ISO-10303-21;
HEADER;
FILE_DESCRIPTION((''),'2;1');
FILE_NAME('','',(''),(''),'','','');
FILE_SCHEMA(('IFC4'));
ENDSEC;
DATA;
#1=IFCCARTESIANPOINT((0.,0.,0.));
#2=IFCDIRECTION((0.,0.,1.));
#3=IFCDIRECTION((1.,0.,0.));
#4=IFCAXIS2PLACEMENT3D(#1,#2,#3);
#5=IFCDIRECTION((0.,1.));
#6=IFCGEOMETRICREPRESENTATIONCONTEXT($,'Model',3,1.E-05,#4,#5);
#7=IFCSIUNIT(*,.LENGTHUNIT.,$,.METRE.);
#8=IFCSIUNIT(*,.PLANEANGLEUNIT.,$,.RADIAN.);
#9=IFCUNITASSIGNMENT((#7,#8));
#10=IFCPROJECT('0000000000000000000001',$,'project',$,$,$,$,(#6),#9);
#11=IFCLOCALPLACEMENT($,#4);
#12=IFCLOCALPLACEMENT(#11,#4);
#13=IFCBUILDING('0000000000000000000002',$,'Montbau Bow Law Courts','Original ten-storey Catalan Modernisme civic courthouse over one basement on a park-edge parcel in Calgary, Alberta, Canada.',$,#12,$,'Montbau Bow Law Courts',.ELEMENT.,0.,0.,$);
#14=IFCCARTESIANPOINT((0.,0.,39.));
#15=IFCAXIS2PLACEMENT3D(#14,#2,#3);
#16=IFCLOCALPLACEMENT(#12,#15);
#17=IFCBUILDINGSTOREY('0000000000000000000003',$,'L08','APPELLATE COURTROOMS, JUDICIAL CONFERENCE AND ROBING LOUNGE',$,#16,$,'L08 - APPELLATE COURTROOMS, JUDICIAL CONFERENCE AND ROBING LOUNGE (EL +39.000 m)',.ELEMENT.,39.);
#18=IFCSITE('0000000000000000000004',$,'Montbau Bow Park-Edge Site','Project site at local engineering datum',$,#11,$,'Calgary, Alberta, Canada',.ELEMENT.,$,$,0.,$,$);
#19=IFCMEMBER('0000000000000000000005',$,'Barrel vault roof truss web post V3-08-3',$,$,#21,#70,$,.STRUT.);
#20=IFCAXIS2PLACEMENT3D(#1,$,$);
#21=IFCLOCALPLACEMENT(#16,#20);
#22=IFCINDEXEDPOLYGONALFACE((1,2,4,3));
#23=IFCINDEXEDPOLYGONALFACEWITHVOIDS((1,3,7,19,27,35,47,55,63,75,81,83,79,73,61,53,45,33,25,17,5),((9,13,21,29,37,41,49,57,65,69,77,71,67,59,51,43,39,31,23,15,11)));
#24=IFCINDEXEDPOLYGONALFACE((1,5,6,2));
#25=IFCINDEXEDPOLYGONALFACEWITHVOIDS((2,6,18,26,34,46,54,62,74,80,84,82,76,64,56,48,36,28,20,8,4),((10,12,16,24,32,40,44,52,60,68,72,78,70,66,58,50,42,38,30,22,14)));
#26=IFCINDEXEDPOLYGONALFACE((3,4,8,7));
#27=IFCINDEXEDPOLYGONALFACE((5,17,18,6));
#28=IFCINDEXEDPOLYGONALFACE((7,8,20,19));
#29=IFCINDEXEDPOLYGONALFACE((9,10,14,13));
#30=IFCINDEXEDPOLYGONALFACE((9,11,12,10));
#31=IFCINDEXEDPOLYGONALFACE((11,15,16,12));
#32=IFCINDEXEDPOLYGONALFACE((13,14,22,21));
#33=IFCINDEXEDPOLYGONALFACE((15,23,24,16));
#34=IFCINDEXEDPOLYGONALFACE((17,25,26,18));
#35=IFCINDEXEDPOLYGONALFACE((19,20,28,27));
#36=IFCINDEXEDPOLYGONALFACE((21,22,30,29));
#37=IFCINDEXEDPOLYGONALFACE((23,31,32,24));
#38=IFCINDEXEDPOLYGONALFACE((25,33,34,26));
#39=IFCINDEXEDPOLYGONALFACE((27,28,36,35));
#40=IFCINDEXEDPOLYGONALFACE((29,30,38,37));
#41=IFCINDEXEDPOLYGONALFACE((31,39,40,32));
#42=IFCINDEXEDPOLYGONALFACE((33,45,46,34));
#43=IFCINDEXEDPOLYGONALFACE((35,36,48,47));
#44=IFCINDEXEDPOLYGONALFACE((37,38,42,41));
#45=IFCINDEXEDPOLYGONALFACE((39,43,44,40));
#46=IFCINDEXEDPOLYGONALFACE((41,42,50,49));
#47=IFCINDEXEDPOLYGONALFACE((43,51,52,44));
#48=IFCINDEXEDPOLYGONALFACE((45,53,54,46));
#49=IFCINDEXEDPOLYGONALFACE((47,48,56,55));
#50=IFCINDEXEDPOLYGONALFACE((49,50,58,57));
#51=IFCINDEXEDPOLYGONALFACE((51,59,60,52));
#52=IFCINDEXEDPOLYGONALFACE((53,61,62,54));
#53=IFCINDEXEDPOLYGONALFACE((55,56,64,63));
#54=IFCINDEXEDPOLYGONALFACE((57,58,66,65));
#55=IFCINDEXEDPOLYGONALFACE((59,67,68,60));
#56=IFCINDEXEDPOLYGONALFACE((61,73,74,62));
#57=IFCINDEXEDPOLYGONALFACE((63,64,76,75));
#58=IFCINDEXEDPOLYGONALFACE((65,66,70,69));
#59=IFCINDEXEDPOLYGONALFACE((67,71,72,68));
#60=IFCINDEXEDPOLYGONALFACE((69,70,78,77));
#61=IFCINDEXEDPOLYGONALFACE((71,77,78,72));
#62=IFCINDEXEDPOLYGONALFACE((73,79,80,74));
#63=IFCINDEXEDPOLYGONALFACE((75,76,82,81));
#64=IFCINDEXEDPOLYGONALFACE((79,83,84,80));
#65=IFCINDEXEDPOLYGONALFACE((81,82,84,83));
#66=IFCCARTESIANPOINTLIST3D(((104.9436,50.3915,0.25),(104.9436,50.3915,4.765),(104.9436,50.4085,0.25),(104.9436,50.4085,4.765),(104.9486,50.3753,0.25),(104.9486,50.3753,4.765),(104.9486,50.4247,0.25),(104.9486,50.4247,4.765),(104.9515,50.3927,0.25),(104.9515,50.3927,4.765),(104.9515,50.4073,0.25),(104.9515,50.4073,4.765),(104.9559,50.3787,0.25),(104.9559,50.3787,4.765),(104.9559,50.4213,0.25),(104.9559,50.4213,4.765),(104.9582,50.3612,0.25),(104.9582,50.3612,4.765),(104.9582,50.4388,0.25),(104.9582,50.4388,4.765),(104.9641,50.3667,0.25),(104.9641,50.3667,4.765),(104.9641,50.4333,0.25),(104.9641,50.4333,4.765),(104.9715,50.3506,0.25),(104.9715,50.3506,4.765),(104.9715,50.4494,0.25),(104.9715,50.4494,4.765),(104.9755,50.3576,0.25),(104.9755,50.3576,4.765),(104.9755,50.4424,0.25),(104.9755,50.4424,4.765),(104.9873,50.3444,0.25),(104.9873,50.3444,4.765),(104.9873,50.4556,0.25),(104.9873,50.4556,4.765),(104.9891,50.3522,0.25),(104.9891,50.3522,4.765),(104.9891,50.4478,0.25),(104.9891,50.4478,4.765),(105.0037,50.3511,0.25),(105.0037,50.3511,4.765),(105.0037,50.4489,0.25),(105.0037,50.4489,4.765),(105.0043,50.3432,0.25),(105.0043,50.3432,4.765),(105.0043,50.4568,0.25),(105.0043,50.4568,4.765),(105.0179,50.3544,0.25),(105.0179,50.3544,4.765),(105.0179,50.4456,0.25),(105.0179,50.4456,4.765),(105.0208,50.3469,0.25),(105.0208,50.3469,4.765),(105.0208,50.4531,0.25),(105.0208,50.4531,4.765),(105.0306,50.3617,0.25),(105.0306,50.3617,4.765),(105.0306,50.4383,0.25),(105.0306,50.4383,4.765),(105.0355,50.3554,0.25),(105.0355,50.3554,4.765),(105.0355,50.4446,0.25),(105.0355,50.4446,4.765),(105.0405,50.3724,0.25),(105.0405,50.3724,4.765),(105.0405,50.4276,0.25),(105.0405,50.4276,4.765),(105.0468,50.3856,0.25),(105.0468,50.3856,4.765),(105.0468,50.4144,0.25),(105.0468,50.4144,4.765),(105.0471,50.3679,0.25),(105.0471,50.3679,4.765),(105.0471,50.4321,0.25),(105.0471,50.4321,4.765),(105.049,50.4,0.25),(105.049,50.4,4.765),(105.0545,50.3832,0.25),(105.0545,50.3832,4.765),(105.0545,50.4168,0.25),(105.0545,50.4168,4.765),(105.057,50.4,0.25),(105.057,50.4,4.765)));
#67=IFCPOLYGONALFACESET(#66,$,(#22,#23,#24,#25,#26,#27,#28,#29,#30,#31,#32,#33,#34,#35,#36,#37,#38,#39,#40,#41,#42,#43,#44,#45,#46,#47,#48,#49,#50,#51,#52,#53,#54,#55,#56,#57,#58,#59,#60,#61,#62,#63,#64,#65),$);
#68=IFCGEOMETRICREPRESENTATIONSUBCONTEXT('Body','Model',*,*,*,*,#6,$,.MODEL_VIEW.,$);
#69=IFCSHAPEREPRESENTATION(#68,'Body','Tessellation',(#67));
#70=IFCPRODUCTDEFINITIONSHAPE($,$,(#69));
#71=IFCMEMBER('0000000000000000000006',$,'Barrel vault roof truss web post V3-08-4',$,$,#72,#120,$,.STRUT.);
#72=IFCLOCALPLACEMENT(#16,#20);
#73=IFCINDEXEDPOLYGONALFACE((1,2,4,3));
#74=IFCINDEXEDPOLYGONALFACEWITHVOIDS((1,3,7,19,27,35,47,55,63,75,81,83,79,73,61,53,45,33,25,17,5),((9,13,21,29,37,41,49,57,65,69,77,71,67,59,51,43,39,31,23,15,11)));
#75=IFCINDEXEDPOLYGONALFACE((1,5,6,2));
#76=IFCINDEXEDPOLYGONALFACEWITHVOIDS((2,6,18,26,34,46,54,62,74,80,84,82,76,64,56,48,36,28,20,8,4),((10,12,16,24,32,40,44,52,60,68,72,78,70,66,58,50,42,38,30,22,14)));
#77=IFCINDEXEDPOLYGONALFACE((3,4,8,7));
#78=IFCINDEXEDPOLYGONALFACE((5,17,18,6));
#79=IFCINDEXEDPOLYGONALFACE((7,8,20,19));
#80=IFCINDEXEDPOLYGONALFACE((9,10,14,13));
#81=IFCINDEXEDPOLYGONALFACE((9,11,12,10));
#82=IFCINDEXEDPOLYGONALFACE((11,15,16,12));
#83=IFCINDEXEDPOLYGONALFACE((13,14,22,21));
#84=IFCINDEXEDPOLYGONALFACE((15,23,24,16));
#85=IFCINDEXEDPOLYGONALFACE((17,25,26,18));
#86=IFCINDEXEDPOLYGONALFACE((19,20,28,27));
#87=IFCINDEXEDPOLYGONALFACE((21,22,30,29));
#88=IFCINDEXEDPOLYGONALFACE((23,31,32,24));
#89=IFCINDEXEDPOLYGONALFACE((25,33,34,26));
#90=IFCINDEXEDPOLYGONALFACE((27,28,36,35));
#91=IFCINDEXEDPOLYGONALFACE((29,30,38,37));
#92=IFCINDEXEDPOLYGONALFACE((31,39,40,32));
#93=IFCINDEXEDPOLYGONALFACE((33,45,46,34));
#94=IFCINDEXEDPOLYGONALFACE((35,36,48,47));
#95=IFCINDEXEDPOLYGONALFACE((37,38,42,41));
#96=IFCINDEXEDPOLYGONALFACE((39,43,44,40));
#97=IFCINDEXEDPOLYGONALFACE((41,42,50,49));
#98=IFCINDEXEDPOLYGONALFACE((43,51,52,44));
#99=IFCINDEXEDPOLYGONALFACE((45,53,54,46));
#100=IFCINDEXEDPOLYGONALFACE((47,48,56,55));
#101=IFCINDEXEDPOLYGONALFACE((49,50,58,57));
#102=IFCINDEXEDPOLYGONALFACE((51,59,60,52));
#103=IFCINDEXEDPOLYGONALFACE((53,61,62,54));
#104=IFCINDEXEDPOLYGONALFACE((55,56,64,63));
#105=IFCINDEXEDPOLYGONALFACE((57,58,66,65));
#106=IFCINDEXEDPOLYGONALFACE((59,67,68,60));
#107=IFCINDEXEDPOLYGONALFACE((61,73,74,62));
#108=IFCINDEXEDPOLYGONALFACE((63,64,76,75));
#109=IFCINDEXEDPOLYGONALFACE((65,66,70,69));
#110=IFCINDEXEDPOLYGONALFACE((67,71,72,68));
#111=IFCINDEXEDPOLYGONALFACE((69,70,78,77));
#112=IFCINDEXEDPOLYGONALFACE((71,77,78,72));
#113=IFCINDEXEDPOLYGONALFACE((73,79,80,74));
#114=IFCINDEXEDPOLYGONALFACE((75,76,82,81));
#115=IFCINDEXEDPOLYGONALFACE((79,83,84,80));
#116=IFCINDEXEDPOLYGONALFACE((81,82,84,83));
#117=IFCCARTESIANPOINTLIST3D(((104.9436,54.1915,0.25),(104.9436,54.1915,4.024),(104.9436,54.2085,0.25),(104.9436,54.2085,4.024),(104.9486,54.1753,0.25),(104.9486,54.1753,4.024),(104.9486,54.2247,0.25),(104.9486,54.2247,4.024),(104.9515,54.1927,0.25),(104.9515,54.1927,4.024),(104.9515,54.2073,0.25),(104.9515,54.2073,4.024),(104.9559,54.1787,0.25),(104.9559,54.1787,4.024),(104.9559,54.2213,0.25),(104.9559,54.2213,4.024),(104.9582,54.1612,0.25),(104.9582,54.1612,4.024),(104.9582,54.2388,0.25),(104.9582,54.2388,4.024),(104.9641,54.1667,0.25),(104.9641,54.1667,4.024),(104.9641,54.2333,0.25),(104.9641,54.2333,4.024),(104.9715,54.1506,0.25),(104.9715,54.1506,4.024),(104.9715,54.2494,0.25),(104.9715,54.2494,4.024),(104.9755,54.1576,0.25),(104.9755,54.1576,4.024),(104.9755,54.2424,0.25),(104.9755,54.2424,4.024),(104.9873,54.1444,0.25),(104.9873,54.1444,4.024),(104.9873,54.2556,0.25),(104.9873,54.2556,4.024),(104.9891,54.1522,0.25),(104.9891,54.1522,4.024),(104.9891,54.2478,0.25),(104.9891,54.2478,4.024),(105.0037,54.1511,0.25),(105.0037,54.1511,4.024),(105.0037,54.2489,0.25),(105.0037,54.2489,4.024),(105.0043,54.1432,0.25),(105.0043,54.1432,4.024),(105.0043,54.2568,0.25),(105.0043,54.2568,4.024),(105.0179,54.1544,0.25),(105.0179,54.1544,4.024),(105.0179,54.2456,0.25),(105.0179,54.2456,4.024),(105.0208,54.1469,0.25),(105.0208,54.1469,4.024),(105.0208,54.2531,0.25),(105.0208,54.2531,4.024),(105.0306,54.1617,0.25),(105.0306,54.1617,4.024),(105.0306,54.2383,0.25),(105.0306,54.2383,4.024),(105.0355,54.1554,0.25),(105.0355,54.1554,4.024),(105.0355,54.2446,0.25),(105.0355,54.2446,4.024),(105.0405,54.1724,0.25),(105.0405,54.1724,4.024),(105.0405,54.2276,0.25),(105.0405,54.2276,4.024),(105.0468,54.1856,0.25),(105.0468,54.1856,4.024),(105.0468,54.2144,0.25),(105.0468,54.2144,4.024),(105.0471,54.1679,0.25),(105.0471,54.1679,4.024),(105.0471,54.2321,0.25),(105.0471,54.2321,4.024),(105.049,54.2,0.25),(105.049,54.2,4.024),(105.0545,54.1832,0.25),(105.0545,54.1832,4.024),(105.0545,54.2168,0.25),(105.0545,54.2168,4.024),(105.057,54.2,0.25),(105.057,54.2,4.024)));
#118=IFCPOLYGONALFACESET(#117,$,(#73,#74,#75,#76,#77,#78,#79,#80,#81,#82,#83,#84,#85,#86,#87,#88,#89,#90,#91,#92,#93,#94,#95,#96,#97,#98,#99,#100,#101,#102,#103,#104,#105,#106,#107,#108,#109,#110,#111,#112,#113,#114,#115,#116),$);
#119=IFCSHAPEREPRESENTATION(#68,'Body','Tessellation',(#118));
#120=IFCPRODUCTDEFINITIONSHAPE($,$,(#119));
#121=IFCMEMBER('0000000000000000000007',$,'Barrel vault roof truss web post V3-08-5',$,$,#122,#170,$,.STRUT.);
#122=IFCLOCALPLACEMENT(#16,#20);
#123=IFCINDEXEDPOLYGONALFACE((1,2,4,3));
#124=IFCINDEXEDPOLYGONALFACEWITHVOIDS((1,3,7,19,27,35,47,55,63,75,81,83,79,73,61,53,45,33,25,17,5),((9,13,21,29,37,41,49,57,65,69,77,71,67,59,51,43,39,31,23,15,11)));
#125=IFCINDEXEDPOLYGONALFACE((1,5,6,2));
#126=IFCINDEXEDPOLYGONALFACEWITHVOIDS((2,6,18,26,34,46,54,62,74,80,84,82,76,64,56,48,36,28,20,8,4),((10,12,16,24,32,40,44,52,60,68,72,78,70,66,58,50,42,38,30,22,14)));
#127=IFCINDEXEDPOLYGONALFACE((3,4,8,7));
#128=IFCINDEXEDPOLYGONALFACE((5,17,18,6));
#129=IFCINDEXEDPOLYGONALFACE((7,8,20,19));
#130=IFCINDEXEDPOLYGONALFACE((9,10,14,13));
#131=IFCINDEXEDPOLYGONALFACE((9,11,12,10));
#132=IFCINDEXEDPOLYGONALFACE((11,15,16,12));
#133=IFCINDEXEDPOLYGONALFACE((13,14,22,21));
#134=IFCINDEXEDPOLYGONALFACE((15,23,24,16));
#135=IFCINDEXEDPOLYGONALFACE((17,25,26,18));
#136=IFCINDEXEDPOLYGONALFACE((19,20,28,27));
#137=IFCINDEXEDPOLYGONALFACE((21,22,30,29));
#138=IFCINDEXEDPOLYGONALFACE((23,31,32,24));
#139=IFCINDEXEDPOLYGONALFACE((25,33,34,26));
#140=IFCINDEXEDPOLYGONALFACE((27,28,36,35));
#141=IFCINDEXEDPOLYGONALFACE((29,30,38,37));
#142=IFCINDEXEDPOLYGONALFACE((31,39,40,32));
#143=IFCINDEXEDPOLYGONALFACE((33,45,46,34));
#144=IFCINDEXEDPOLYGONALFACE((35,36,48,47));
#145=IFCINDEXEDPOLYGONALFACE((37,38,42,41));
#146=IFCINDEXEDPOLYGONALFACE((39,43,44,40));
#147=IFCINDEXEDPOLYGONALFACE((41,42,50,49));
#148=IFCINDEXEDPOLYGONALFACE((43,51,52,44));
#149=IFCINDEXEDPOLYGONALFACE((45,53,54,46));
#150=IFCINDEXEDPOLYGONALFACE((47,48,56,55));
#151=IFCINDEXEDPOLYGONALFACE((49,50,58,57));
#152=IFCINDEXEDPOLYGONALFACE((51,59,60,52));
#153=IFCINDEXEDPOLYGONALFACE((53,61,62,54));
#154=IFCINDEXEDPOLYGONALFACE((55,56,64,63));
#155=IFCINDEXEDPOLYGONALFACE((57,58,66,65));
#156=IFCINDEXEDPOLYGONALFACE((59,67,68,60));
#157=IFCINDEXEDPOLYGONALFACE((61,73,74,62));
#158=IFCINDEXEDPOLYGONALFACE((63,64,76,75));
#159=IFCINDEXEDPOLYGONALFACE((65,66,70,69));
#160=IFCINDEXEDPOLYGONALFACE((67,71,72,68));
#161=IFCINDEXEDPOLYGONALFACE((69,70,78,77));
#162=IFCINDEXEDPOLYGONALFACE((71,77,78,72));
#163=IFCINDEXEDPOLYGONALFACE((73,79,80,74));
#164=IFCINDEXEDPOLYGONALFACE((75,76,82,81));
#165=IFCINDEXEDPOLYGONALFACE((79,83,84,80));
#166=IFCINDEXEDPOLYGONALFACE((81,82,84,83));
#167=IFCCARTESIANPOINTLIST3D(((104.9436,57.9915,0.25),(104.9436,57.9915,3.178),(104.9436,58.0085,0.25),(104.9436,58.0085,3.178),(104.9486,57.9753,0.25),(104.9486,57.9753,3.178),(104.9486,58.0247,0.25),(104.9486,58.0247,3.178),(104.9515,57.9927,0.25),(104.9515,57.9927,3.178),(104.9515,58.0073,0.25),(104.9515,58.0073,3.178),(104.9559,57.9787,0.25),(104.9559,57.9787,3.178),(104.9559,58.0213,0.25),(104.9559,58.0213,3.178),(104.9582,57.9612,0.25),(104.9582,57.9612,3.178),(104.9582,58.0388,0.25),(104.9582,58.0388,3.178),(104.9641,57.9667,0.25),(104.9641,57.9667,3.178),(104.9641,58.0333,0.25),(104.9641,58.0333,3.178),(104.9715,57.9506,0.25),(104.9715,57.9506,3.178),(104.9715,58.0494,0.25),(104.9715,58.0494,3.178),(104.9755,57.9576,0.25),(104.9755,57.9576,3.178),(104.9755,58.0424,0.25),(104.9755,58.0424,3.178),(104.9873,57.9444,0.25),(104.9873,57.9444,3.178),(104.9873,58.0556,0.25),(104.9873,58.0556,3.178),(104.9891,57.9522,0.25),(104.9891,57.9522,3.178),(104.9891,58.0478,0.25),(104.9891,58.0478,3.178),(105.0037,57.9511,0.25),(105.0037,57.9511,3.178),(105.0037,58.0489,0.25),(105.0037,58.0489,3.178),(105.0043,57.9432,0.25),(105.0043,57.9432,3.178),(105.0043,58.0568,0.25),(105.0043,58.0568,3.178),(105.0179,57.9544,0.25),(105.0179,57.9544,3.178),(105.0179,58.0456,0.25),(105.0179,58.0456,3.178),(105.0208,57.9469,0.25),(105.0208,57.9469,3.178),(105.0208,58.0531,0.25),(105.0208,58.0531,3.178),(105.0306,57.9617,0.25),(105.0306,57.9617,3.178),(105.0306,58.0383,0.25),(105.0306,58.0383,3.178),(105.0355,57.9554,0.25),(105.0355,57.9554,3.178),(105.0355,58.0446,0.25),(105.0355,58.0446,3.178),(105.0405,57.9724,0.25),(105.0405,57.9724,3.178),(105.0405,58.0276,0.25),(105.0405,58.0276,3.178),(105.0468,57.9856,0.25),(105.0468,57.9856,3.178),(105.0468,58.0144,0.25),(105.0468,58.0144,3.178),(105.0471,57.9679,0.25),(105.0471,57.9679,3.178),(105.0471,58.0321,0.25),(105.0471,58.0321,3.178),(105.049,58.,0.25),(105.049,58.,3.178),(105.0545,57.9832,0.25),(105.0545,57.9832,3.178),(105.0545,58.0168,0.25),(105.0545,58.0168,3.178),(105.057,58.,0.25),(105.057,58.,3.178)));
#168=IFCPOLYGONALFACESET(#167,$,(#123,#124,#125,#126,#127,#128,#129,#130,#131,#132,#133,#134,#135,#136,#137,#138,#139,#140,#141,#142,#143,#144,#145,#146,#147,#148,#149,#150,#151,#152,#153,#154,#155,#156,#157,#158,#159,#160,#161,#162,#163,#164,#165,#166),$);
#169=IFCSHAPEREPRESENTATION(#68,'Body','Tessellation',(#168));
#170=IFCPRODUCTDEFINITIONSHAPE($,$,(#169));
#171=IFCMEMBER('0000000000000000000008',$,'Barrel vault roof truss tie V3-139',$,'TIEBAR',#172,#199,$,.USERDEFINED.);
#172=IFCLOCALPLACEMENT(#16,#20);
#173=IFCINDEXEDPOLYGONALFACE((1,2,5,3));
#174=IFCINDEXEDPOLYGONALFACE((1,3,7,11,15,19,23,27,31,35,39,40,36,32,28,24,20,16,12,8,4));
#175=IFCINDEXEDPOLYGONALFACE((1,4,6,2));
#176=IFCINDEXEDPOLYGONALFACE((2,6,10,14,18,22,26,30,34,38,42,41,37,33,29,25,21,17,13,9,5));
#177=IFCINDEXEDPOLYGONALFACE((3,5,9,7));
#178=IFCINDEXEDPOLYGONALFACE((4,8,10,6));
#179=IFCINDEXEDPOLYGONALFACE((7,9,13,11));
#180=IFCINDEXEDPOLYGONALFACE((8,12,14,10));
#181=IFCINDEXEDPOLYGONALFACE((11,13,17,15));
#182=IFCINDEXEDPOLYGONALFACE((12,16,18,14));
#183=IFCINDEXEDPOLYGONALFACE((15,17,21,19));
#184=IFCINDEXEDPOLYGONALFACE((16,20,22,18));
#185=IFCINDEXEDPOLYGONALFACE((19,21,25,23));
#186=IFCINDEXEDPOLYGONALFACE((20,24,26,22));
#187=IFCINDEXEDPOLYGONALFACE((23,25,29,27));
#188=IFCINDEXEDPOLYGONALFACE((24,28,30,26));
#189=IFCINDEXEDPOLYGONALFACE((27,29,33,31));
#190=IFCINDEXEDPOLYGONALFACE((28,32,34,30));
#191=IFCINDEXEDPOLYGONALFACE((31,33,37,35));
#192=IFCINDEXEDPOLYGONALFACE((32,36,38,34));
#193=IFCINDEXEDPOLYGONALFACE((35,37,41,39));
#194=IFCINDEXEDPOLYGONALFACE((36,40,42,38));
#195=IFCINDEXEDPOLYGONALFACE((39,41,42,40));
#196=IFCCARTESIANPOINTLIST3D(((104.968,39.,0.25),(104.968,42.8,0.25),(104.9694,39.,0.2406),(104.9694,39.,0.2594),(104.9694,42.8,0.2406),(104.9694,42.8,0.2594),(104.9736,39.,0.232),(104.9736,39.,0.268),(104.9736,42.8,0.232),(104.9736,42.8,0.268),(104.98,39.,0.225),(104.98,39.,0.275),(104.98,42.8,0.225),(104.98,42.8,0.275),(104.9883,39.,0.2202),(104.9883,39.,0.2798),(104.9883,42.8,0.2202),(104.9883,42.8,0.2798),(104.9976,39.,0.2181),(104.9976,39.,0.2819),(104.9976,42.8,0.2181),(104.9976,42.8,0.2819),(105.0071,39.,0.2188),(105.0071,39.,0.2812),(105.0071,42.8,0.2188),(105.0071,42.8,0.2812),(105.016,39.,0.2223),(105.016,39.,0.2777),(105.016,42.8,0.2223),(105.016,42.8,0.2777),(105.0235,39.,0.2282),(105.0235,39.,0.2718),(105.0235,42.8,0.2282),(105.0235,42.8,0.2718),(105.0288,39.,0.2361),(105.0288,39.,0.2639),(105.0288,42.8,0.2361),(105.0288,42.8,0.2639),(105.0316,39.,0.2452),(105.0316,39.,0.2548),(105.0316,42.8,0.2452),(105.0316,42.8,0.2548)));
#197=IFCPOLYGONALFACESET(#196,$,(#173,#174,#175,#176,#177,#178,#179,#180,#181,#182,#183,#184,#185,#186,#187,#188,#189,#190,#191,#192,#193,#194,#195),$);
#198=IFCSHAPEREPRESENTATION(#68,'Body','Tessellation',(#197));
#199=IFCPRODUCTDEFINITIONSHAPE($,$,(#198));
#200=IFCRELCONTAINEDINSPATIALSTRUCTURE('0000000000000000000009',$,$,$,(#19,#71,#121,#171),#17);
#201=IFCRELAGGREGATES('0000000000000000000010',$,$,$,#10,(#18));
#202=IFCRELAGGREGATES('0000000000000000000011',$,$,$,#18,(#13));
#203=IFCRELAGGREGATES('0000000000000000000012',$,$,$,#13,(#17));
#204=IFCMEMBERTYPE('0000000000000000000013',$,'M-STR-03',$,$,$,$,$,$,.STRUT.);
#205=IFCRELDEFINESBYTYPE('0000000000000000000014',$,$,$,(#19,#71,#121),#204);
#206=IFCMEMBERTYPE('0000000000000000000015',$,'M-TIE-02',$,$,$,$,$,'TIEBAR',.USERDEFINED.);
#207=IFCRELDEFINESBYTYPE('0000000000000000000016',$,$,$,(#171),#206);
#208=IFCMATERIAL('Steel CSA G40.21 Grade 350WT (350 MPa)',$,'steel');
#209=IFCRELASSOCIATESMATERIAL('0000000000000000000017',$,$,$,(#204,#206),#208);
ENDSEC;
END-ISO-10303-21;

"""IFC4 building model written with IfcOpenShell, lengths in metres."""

from ifc_helpers import new_model, si_unit, direction, frame, origin_with_axes, origin_2d_with_axis, place, context, subcontext, project, spatial, circle, hollow_circle, extrude, material, material_profile, profile_set, type_object, element, save


model = new_model("IFC4")

# Units and contexts
model_context = context("Model", 3, precision=1e-05, world=origin_with_axes(), true_north=direction((0.0, 1.0)))
body_context = subcontext(model_context, "Body", "Model", "MODEL_VIEW")
ifc_project = project(units=[si_unit("LENGTHUNIT", "METRE"), si_unit("PLANEANGLEUNIT", "RADIAN")], contexts=[model_context])

# Site, building, storey
site_placement = place(None, origin_with_axes())
site = spatial("IfcSite", under=ifc_project, at=site_placement, Name="Montbau Bow Park-Edge Site", Description="Project site at local engineering datum", LongName="Calgary, Alberta, Canada", CompositionType="ELEMENT", RefElevation=0.0)
building_placement = place(site_placement, origin_with_axes())
building = spatial("IfcBuilding", under=site, at=building_placement, Name="Montbau Bow Law Courts", Description="Original ten-storey Catalan Modernisme civic courthouse over one basement on a park-edge parcel in Calgary, Alberta, Canada.", LongName="Montbau Bow Law Courts", CompositionType="ELEMENT", ElevationOfRefHeight=0.0, ElevationOfTerrain=0.0)
storey_placement = place(building_placement, frame((0.0, 0.0, 39.0), z_axis=(0.0, 0.0, 1.0), x_axis=(1.0, 0.0, 0.0)))
storey = spatial("IfcBuildingStorey", under=building, at=storey_placement, Name="L08", Description="APPELLATE COURTROOMS, JUDICIAL CONFERENCE AND ROBING LOUNGE", LongName="L08 - APPELLATE COURTROOMS, JUDICIAL CONFERENCE AND ROBING LOUNGE (EL +39.000 m)", CompositionType="ELEMENT", Elevation=39.0)

# Shared definitions
ifc_material_1 = material(Name="Steel CSA G40.21 Grade 350WT (350 MPa)", Category="steel")

# Members
ifc_material_profile_1 = material_profile(ifc_material_1, hollow_circle(Radius=0.057, WallThickness=0.008, at=origin_2d_with_axis()), Name="HSS114X8.0", Category="Main", Priority=0)
ifc_profile_set_1 = profile_set([ifc_material_profile_1], Name="Steel CSA G40.21 Grade 350WT (350 MPa)")
member_type_1 = type_object("IfcMemberType", Name="M-STR-03", PredefinedType="STRUT", material=ifc_profile_set_1)
member_1_placement = place(None, frame((105.0, 50.4, 39.25), z_axis=(0.0, 0.0, 1.0), x_axis=(1.0, 0.0, 0.0)))
element("IfcMember", 1, at=member_1_placement, inside=storey, type_object=member_type_1, Name="Barrel vault roof truss web post V3-08-3", PredefinedType="STRUT", context=body_context, shape_type="SweptSolid", body=[
    extrude(hollow_circle(Radius=0.057, WallThickness=0.008, at=origin_2d_with_axis()), origin_with_axes(), (0.0, 0.0, 1.0), 4.515),
])
member_2_placement = place(None, frame((105.0, 54.2, 39.25), z_axis=(0.0, 0.0, 1.0), x_axis=(1.0, 0.0, 0.0)))
element("IfcMember", 2, at=member_2_placement, inside=storey, type_object=member_type_1, Name="Barrel vault roof truss web post V3-08-4", PredefinedType="STRUT", context=body_context, shape_type="SweptSolid", body=[
    extrude(hollow_circle(Radius=0.057, WallThickness=0.008, at=origin_2d_with_axis()), origin_with_axes(), (0.0, 0.0, 1.0), 3.774),
])
member_3_placement = place(None, frame((105.0, 58.0, 39.25), z_axis=(0.0, 0.0, 1.0), x_axis=(1.0, 0.0, 0.0)))
element("IfcMember", 3, at=member_3_placement, inside=storey, type_object=member_type_1, Name="Barrel vault roof truss web post V3-08-5", PredefinedType="STRUT", context=body_context, shape_type="SweptSolid", body=[
    extrude(hollow_circle(Radius=0.057, WallThickness=0.008, at=origin_2d_with_axis()), origin_with_axes(), (0.0, 0.0, 1.0), 2.928),
])
ifc_material_profile_2 = material_profile(ifc_material_1, circle(Radius=0.032, at=origin_2d_with_axis()), Name="ROD64", Category="Main", Priority=0)
ifc_profile_set_2 = profile_set([ifc_material_profile_2], Name="Steel CSA G40.21 Grade 350WT (350 MPa)")
member_type_2 = type_object("IfcMemberType", Name="M-TIE-02", ElementType="TIEBAR", PredefinedType="USERDEFINED", material=ifc_profile_set_2)
for number, where, z_axis, x_axis, name in (
    (4, (105.0, 39.0, 39.25), (0.0, 1.0, 0.0), (-1.0, 0.0, 0.0), "Barrel vault roof truss tie V3-139"),
):
    element("IfcMember", number, at=place(None, frame(where, z_axis=z_axis, x_axis=x_axis)), inside=storey, type_object=member_type_2, Name=name, ObjectType="TIEBAR", PredefinedType="USERDEFINED", context=body_context, shape_type="SweptSolid", body=[
        extrude(circle(Radius=0.032, at=origin_2d_with_axis()), origin_with_axes(), (0.0, 0.0, 1.0), 3.8),
    ])

save(model, "model.ifc")
